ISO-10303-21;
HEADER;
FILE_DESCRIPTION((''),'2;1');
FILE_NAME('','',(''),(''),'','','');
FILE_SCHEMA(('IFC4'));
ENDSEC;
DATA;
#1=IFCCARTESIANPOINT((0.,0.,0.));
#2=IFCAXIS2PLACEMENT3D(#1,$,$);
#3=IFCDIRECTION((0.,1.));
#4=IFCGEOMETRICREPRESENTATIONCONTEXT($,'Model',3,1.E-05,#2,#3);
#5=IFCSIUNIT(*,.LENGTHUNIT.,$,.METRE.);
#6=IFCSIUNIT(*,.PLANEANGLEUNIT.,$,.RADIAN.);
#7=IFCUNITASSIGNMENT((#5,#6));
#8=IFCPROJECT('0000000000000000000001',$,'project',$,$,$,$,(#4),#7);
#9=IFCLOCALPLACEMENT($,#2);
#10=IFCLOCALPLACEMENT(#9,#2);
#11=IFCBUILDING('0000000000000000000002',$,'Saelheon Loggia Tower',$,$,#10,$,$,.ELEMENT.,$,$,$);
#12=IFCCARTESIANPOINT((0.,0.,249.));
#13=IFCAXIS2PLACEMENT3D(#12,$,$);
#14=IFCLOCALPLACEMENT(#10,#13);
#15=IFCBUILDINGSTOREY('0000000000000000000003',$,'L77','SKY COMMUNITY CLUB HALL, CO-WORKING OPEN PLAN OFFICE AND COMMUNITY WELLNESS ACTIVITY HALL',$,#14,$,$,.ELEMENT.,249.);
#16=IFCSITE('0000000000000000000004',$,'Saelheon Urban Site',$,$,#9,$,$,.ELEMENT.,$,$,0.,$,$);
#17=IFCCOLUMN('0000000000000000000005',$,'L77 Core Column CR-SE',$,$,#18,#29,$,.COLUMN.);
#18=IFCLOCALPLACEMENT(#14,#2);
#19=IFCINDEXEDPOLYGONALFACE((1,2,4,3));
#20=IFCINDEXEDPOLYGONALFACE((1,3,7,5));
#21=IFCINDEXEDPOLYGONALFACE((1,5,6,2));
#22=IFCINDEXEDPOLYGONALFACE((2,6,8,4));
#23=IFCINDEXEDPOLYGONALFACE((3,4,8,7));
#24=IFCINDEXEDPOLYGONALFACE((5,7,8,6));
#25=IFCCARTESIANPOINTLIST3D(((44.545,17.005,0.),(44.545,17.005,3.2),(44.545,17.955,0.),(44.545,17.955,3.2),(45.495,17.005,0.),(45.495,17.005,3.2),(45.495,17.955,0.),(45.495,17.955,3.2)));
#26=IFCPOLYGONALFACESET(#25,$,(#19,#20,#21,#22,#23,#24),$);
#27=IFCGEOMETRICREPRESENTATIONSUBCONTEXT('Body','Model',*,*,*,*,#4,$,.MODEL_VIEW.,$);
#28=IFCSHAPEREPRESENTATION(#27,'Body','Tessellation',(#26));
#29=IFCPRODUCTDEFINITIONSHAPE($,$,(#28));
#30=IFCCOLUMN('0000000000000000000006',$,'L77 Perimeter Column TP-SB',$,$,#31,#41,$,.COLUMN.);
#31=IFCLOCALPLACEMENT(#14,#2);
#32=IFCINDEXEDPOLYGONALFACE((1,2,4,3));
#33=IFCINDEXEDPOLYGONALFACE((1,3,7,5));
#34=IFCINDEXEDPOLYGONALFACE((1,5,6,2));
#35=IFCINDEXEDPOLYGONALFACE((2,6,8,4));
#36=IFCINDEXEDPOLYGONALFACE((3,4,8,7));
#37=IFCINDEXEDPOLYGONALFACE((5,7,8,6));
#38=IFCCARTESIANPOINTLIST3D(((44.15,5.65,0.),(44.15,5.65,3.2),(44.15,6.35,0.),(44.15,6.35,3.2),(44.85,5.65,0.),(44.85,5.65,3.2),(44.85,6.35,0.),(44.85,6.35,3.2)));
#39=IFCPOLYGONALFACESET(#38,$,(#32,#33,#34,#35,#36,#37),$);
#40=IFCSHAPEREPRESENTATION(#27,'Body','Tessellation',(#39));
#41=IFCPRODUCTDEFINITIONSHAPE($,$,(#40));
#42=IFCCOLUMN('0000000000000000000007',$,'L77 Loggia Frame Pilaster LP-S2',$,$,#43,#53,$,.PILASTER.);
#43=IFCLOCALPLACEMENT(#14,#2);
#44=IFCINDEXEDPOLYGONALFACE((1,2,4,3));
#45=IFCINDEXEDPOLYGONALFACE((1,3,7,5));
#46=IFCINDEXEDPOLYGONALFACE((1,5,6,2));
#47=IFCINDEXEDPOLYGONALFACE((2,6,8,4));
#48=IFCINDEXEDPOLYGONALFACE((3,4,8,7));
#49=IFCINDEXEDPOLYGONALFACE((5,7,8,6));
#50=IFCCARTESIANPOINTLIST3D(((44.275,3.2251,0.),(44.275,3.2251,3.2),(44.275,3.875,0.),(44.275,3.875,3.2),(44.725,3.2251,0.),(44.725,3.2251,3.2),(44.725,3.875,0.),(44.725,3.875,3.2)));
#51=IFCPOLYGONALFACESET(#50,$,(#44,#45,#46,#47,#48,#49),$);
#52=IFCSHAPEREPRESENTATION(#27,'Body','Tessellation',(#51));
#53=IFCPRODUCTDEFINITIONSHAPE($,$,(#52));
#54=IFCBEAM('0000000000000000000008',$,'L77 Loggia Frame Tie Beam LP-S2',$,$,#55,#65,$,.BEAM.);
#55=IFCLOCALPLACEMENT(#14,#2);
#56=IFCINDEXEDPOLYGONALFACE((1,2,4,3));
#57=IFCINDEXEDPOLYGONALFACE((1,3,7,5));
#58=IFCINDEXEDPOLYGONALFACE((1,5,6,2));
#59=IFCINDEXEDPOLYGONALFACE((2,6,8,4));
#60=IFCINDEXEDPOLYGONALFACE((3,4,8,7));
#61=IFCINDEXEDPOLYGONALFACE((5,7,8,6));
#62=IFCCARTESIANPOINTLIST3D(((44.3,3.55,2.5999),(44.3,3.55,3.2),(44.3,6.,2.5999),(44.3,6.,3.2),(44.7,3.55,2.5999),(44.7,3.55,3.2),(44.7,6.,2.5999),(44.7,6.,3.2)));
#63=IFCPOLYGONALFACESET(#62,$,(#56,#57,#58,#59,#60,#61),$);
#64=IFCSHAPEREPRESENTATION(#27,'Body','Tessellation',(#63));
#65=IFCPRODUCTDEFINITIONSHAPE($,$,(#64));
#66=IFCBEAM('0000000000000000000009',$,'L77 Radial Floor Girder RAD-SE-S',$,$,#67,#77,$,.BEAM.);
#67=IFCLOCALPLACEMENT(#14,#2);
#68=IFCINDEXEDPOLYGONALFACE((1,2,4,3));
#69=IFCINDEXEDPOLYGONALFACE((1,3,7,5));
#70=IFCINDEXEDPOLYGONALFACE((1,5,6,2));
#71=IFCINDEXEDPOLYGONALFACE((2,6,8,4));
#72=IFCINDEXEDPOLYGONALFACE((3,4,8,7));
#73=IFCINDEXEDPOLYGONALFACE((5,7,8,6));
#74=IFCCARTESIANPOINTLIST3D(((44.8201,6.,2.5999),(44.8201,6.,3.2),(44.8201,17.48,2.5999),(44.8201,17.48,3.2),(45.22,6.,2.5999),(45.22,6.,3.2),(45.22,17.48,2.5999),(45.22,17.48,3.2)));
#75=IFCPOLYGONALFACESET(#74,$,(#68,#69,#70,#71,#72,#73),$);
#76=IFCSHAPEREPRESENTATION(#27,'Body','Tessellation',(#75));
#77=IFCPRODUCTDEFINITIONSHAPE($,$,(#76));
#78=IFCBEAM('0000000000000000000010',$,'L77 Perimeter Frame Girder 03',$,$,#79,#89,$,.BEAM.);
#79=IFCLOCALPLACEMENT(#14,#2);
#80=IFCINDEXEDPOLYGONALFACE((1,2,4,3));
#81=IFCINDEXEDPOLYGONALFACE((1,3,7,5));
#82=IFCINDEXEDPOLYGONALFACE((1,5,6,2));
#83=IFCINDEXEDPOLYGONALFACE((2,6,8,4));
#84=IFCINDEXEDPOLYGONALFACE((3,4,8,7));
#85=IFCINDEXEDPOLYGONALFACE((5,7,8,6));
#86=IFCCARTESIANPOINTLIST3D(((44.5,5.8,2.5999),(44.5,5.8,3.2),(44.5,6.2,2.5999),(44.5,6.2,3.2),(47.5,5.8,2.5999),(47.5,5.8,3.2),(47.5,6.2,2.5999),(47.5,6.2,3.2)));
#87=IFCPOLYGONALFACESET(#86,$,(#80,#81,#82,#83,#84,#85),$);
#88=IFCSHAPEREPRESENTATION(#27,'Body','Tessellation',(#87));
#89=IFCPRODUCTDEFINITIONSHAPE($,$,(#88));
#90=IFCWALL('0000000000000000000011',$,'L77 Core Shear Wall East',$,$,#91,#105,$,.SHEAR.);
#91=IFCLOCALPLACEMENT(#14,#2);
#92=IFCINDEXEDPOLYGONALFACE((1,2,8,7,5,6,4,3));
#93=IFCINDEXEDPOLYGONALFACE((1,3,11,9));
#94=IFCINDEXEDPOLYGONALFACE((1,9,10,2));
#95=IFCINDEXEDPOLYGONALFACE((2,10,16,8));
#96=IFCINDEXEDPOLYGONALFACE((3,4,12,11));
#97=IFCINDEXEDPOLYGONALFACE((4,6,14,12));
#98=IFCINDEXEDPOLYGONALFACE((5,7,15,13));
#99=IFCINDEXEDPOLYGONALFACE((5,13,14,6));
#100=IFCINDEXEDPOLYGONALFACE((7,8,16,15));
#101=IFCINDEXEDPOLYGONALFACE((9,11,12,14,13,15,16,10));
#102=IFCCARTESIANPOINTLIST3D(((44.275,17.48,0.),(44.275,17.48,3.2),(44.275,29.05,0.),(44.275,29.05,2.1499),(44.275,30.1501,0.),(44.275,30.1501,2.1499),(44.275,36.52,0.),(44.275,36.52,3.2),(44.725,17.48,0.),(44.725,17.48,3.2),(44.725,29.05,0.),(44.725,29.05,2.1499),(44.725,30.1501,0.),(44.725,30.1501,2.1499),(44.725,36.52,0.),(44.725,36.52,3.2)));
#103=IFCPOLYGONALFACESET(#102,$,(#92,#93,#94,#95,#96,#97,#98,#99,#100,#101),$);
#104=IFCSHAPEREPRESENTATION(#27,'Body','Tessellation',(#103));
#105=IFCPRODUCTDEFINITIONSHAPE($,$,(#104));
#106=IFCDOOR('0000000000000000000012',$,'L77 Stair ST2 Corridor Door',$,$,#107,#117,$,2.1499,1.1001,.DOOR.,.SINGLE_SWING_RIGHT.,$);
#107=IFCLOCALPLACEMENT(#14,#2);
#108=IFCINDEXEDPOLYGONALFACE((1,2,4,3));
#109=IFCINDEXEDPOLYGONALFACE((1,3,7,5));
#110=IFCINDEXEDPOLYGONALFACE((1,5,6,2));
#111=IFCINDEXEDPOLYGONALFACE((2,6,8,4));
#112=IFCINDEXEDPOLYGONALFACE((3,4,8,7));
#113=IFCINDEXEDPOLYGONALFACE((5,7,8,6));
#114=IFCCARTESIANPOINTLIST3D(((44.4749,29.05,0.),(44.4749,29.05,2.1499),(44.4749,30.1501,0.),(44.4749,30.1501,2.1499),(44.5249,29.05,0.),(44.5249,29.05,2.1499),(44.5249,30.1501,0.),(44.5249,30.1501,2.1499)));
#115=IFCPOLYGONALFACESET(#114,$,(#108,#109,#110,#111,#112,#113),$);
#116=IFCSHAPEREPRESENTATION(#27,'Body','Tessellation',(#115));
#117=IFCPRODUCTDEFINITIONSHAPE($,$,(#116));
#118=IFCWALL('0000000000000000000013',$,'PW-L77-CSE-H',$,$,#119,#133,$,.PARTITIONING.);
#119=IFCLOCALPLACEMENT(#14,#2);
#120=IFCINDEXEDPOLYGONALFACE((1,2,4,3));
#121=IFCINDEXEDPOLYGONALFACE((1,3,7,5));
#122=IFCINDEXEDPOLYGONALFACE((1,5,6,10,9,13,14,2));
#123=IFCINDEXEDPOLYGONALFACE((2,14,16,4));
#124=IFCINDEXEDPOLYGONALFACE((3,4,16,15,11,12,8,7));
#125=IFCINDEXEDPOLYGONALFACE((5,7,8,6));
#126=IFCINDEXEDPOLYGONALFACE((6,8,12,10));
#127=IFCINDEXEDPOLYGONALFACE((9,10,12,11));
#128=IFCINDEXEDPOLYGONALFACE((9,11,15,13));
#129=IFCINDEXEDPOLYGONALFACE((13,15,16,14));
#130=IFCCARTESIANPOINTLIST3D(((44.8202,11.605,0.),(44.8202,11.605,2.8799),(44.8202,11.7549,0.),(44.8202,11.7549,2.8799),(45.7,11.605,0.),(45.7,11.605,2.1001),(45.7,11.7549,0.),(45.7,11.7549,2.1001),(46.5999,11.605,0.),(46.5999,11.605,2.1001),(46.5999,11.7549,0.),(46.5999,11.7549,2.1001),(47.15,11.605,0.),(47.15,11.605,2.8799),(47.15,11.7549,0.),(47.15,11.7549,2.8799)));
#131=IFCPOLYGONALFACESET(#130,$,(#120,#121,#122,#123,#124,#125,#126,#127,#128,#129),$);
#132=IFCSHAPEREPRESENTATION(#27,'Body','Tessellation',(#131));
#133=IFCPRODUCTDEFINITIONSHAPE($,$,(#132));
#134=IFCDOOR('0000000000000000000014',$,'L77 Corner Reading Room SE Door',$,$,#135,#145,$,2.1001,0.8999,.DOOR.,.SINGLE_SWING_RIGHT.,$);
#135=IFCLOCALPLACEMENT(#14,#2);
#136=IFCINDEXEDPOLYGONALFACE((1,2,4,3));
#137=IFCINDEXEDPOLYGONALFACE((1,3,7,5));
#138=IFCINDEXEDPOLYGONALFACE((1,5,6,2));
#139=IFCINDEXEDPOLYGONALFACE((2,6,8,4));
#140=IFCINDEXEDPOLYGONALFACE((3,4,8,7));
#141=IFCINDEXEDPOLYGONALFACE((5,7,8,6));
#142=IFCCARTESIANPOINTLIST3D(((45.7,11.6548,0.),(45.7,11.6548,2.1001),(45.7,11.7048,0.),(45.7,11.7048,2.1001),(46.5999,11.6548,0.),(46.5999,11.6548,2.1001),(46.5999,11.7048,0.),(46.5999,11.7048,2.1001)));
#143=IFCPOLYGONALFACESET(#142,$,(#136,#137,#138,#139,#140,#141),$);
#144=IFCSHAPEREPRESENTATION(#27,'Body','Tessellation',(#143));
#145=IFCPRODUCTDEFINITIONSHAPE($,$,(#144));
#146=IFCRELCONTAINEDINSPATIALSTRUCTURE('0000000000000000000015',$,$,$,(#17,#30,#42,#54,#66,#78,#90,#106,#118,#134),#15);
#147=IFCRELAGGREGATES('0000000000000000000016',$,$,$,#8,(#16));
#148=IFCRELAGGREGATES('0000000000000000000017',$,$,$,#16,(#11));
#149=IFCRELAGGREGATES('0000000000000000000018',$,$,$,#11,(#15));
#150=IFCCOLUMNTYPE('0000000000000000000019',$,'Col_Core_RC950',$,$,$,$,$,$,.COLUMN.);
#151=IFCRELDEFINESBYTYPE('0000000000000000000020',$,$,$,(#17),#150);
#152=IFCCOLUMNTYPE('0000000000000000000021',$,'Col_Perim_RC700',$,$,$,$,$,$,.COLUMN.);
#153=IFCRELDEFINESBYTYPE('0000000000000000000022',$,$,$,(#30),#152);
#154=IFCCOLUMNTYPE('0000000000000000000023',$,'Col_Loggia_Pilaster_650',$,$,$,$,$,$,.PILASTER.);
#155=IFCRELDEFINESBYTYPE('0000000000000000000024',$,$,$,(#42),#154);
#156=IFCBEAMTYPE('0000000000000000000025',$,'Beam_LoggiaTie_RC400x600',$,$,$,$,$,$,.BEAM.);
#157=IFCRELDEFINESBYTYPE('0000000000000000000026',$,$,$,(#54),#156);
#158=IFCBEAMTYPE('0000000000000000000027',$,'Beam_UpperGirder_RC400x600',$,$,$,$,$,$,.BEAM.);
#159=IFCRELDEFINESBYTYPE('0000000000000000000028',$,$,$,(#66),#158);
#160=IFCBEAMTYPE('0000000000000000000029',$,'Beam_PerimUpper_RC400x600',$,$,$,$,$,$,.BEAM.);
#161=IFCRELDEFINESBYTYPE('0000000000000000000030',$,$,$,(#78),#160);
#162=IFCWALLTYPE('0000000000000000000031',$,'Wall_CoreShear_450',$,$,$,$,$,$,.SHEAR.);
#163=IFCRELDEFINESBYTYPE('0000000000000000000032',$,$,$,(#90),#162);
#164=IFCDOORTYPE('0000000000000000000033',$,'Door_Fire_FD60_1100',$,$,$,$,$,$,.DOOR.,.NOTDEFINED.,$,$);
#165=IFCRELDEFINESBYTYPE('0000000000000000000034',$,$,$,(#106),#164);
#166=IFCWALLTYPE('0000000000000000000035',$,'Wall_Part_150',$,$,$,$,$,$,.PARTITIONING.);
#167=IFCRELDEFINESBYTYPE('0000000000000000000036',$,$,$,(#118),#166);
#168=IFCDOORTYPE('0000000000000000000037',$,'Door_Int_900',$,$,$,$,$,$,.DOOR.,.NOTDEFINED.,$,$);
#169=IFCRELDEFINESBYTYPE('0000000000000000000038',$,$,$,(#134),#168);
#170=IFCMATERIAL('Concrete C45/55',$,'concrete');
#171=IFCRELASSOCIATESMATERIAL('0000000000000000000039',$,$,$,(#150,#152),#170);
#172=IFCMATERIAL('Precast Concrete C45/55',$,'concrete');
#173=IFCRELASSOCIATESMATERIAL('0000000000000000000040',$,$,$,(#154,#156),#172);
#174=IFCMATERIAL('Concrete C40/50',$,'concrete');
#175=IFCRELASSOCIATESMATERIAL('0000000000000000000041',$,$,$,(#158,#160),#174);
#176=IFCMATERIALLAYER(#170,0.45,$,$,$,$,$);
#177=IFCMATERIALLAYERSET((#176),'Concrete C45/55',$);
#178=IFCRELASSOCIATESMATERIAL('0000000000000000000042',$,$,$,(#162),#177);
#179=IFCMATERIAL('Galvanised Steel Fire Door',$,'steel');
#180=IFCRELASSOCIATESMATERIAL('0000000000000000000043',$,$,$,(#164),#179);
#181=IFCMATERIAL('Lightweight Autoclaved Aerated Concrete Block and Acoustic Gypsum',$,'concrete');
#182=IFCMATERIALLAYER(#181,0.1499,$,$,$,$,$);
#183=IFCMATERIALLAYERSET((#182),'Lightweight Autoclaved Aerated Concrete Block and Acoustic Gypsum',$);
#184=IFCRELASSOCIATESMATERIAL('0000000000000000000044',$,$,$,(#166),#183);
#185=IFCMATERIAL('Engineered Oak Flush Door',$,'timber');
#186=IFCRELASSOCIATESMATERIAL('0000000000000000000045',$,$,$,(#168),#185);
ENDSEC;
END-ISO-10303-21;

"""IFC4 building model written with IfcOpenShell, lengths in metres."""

from ifc_helpers import new_model, si_unit, direction, frame, frame_2d, origin, origin_2d, place, context, subcontext, project, spatial, rectangle, extrude, source, transform, mapped, material, layer, layer_set, material_profile, profile_set, type_object, element, fill, save


model = new_model("IFC4")

# Units and contexts
model_context = context("Model", 3, precision=1e-05, world=origin(), true_north=direction((0.0, 1.0)))
body_context = subcontext(model_context, "Body", "Model", "MODEL_VIEW")
ifc_project = project(units=[si_unit("LENGTHUNIT", "METRE"), si_unit("PLANEANGLEUNIT", "RADIAN")], contexts=[model_context])

# Site, building, storey
site_placement = place(None, origin())
site = spatial("IfcSite", under=ifc_project, at=site_placement, Name="Saelheon Urban Site", CompositionType="ELEMENT", RefElevation=0.0)
building_placement = place(site_placement, origin())
building = spatial("IfcBuilding", under=site, at=building_placement, Name="Saelheon Loggia Tower", CompositionType="ELEMENT")
storey_placement = place(building_placement, frame((0.0, 0.0, 249.0)))
storey = spatial("IfcBuildingStorey", under=building, at=storey_placement, Name="L77", Description="SKY COMMUNITY CLUB HALL, CO-WORKING OPEN PLAN OFFICE AND COMMUNITY WELLNESS ACTIVITY HALL", CompositionType="ELEMENT", Elevation=249.0)

# Columns
ifc_material_1 = material(Name="Concrete C45/55", Category="concrete")
ifc_material_profile_1 = material_profile(ifc_material_1, rectangle(XDim=0.95, YDim=0.95, at=origin_2d()), Name="RC-950x950")
ifc_profile_set_1 = profile_set([ifc_material_profile_1], Name="Concrete C45/55")
column_type_1 = type_object("IfcColumnType", Name="Col_Core_RC950", PredefinedType="COLUMN", material=ifc_profile_set_1)
shared_shape_1 = source(origin(), body_context, "Body", "SweptSolid", [
    extrude(rectangle(XDim=0.95, YDim=0.95, at=origin_2d()), origin(), (0.0, 0.0, 1.0), 3.2),
])
column_1_placement = place(storey_placement, frame((45.02, 17.48, 0.0), z_axis=(0.0, 0.0, 1.0), x_axis=(1.0, 0.0, 0.0)))
element("IfcColumn", 1, at=column_1_placement, inside=storey, type_object=column_type_1, Name="L77 Core Column CR-SE", PredefinedType="COLUMN", context=body_context, shape_type="MappedRepresentation", body=[
    mapped(shared_shape_1, transform((0.0, 0.0, 0.0), scale=1.0)),
])
ifc_material_profile_2 = material_profile(ifc_material_1, rectangle(XDim=0.7, YDim=0.7, at=origin_2d()), Name="RC-700x700")
ifc_profile_set_2 = profile_set([ifc_material_profile_2], Name="Concrete C45/55")
column_type_2 = type_object("IfcColumnType", Name="Col_Perim_RC700", PredefinedType="COLUMN", material=ifc_profile_set_2)
shared_shape_2 = source(origin(), body_context, "Body", "SweptSolid", [
    extrude(rectangle(XDim=0.7, YDim=0.7, at=origin_2d()), origin(), (0.0, 0.0, 1.0), 3.2),
])
column_2_placement = place(storey_placement, frame((44.5, 6.0, 0.0), z_axis=(0.0, 0.0, 1.0), x_axis=(1.0, 0.0, 0.0)))
element("IfcColumn", 2, at=column_2_placement, inside=storey, type_object=column_type_2, Name="L77 Perimeter Column TP-SB", PredefinedType="COLUMN", context=body_context, shape_type="MappedRepresentation", body=[
    mapped(shared_shape_2, transform((0.0, 0.0, 0.0), scale=1.0)),
])
ifc_material_2 = material(Name="Precast Concrete C45/55", Category="concrete")
ifc_material_profile_3 = material_profile(ifc_material_2, rectangle(XDim=0.45, YDim=0.6499, at=origin_2d()), Name="RC-450x650")
ifc_profile_set_3 = profile_set([ifc_material_profile_3], Name="Precast Concrete C45/55")
column_type_3 = type_object("IfcColumnType", Name="Col_Loggia_Pilaster_650", PredefinedType="PILASTER", material=ifc_profile_set_3)
shared_shape_3 = source(origin(), body_context, "Body", "SweptSolid", [
    extrude(rectangle(XDim=0.45, YDim=0.6499, at=origin_2d()), origin(), (0.0, 0.0, 1.0), 3.2),
])
column_3_placement = place(storey_placement, frame((44.5, 3.55, 0.0), z_axis=(0.0, 0.0, 1.0), x_axis=(1.0, 0.0, 0.0)))
element("IfcColumn", 3, at=column_3_placement, inside=storey, type_object=column_type_3, Name="L77 Loggia Frame Pilaster LP-S2", PredefinedType="PILASTER", context=body_context, shape_type="MappedRepresentation", body=[
    mapped(shared_shape_3, transform((0.0, 0.0, 0.0), scale=1.0)),
])

# Beams
ifc_material_profile_4 = material_profile(ifc_material_2, rectangle(XDim=0.3999, YDim=0.6001, at=origin_2d()), Name="RC-400x600")
ifc_profile_set_4 = profile_set([ifc_material_profile_4], Name="Precast Concrete C45/55")
beam_type_1 = type_object("IfcBeamType", Name="Beam_LoggiaTie_RC400x600", PredefinedType="BEAM", material=ifc_profile_set_4)
shared_shape_4 = source(origin(), body_context, "Body", "SweptSolid", [
    extrude(rectangle(XDim=0.3999, YDim=0.6001, at=origin_2d()), origin(), (0.0, 0.0, 1.0), 2.45),
])
beam_1_placement = place(storey_placement, frame((44.5, 6.0, 2.8999), z_axis=(0.0, -1.0, 0.0), x_axis=(1.0, 0.0, 0.0)))
element("IfcBeam", 4, at=beam_1_placement, inside=storey, type_object=beam_type_1, Name="L77 Loggia Frame Tie Beam LP-S2", PredefinedType="BEAM", context=body_context, shape_type="MappedRepresentation", body=[
    mapped(shared_shape_4, transform((0.0, 0.0, 0.0), scale=1.0)),
])
ifc_material_3 = material(Name="Concrete C40/50", Category="concrete")
ifc_material_profile_5 = material_profile(ifc_material_3, rectangle(XDim=0.3999, YDim=0.6001, at=origin_2d()), Name="RC-400x600")
ifc_profile_set_5 = profile_set([ifc_material_profile_5], Name="Concrete C40/50")
beam_type_2 = type_object("IfcBeamType", Name="Beam_UpperGirder_RC400x600", PredefinedType="BEAM", material=ifc_profile_set_5)
shared_shape_5 = source(origin(), body_context, "Body", "SweptSolid", [
    extrude(rectangle(XDim=0.3999, YDim=0.6001, at=origin_2d()), origin(), (0.0, 0.0, 1.0), 11.48),
])
beam_2_placement = place(storey_placement, frame((45.02, 17.48, 2.8999), z_axis=(0.0, -1.0, 0.0), x_axis=(1.0, 0.0, 0.0)))
element("IfcBeam", 5, at=beam_2_placement, inside=storey, type_object=beam_type_2, Name="L77 Radial Floor Girder RAD-SE-S", PredefinedType="BEAM", context=body_context, shape_type="MappedRepresentation", body=[
    mapped(shared_shape_5, transform((0.0, 0.0, 0.0), scale=1.0)),
])
ifc_material_profile_6 = material_profile(ifc_material_3, rectangle(XDim=0.3999, YDim=0.6001, at=origin_2d()), Name="RC-400x600")
ifc_profile_set_6 = profile_set([ifc_material_profile_6], Name="Concrete C40/50")
beam_type_3 = type_object("IfcBeamType", Name="Beam_PerimUpper_RC400x600", PredefinedType="BEAM", material=ifc_profile_set_6)
shared_shape_6 = source(origin(), body_context, "Body", "SweptSolid", [
    extrude(rectangle(XDim=0.3999, YDim=0.6001, at=origin_2d()), origin(), (0.0, 0.0, 1.0), 3.0),
])
beam_3_placement = place(storey_placement, frame((44.5, 6.0, 2.8999), z_axis=(1.0, 0.0, 0.0), x_axis=(0.0, 1.0, 0.0)))
element("IfcBeam", 6, at=beam_3_placement, inside=storey, type_object=beam_type_3, Name="L77 Perimeter Frame Girder 03", PredefinedType="BEAM", context=body_context, shape_type="MappedRepresentation", body=[
    mapped(shared_shape_6, transform((0.0, 0.0, 0.0), scale=1.0)),
])

# Walls, openings, doors
ifc_layer_1 = layer(ifc_material_1, 0.45)
ifc_layer_set_1 = layer_set([ifc_layer_1], Name="Concrete C45/55")
wall_type_1 = type_object("IfcWallType", Name="Wall_CoreShear_450", PredefinedType="SHEAR", material=ifc_layer_set_1)
wall_1_placement = place(storey_placement, frame((44.5, 17.48, 0.0), z_axis=(0.0, 0.0, 1.0), x_axis=(0.0, 1.0, 0.0)))
wall_1 = element("IfcWall", 7, at=wall_1_placement, inside=storey, type_object=wall_type_1, Name="L77 Core Shear Wall East", PredefinedType="SHEAR", context=body_context, shape_type="SweptSolid", body=[
    extrude(rectangle(XDim=19.04, YDim=0.45, at=frame_2d((9.52, 0.0))), origin(), (0.0, 0.0, 1.0), 3.2),
])
opening_1_placement = place(wall_1_placement, frame((12.6702, 0.0, 0.0), z_axis=(0.0, 0.0, 1.0), x_axis=(-1.0, 0.0, 0.0)))
opening_1 = element("IfcOpeningElement", 8, at=opening_1_placement, cuts=wall_1, PredefinedType="OPENING", context=body_context, shape_type="SweptSolid", body=[
    extrude(rectangle(XDim=1.1001, YDim=2.1499, at=frame_2d((0.55, 1.075))), frame((0.0, 0.2371, 0.0), z_axis=(0.0, -1.0, 0.0), x_axis=(1.0, 0.0, 0.0)), (0.0, 0.0, 1.0), 0.4739),
])
ifc_material_4 = material(Name="Galvanised Steel Fire Door", Category="steel")
door_type_1 = type_object("IfcDoorType", Name="Door_Fire_FD60_1100", OperationType="NOTDEFINED", PredefinedType="DOOR", material=ifc_material_4)
shared_shape_7 = source(origin(), body_context, "Body", "SweptSolid", [
    extrude(rectangle(XDim=1.1001, YDim=2.1499, at=frame_2d((0.55, 1.075))), frame((0.0, 0.0249, 0.0), z_axis=(0.0, -1.0, 0.0), x_axis=(1.0, 0.0, 0.0)), (0.0, 0.0, 1.0), 0.05),
])
door_1_placement = place(opening_1_placement, origin())
door_1 = element("IfcDoor", 9, at=door_1_placement, inside=storey, type_object=door_type_1, Name="L77 Stair ST2 Corridor Door", OperationType="SINGLE_SWING_RIGHT", OverallHeight=2.1499, OverallWidth=1.1001, PredefinedType="DOOR", context=body_context, shape_type="MappedRepresentation", body=[
    mapped(shared_shape_7, transform((0.0, 0.0, 0.0), scale=1.0)),
])
fill(opening_1, door_1)
ifc_material_5 = material(Name="Lightweight Autoclaved Aerated Concrete Block and Acoustic Gypsum", Category="concrete")
ifc_layer_2 = layer(ifc_material_5, 0.1499)
ifc_layer_set_2 = layer_set([ifc_layer_2], Name="Lightweight Autoclaved Aerated Concrete Block and Acoustic Gypsum")
wall_type_2 = type_object("IfcWallType", Name="Wall_Part_150", PredefinedType="PARTITIONING", material=ifc_layer_set_2)
wall_2_placement = place(storey_placement, frame((44.8201, 11.6799, 0.0), z_axis=(0.0, 0.0, 1.0), x_axis=(1.0, 0.0, 0.0)))
wall_2 = element("IfcWall", 10, at=wall_2_placement, inside=storey, type_object=wall_type_2, Name="PW-L77-CSE-H", PredefinedType="PARTITIONING", context=body_context, shape_type="SweptSolid", body=[
    extrude(rectangle(XDim=2.3298, YDim=0.1499, at=frame_2d((1.165, 0.0))), origin(), (0.0, 0.0, 1.0), 2.8799),
])
opening_2_placement = place(wall_2_placement, frame((0.8799, 0.0, 0.0)))
opening_2 = element("IfcOpeningElement", 11, at=opening_2_placement, cuts=wall_2, PredefinedType="OPENING", context=body_context, shape_type="SweptSolid", body=[
    extrude(rectangle(XDim=0.8999, YDim=2.1001, at=frame_2d((0.45, 1.05))), frame((0.0, 0.0869, 0.0), z_axis=(0.0, -1.0, 0.0), x_axis=(1.0, 0.0, 0.0)), (0.0, 0.0, 1.0), 0.1738),
])
ifc_material_6 = material(Name="Engineered Oak Flush Door", Category="timber")
door_type_2 = type_object("IfcDoorType", Name="Door_Int_900", OperationType="NOTDEFINED", PredefinedType="DOOR", material=ifc_material_6)
shared_shape_8 = source(origin(), body_context, "Body", "SweptSolid", [
    extrude(rectangle(XDim=0.8999, YDim=2.1001, at=frame_2d((0.45, 1.05))), frame((0.0, 0.0249, 0.0), z_axis=(0.0, -1.0, 0.0), x_axis=(1.0, 0.0, 0.0)), (0.0, 0.0, 1.0), 0.05),
])
door_2_placement = place(opening_2_placement, origin())
door_2 = element("IfcDoor", 12, at=door_2_placement, inside=storey, type_object=door_type_2, Name="L77 Corner Reading Room SE Door", OperationType="SINGLE_SWING_RIGHT", OverallHeight=2.1001, OverallWidth=0.8999, PredefinedType="DOOR", context=body_context, shape_type="MappedRepresentation", body=[
    mapped(shared_shape_8, transform((0.0, 0.0, 0.0), scale=1.0)),
])
fill(opening_2, door_2)

save(model, "model.ifc")
